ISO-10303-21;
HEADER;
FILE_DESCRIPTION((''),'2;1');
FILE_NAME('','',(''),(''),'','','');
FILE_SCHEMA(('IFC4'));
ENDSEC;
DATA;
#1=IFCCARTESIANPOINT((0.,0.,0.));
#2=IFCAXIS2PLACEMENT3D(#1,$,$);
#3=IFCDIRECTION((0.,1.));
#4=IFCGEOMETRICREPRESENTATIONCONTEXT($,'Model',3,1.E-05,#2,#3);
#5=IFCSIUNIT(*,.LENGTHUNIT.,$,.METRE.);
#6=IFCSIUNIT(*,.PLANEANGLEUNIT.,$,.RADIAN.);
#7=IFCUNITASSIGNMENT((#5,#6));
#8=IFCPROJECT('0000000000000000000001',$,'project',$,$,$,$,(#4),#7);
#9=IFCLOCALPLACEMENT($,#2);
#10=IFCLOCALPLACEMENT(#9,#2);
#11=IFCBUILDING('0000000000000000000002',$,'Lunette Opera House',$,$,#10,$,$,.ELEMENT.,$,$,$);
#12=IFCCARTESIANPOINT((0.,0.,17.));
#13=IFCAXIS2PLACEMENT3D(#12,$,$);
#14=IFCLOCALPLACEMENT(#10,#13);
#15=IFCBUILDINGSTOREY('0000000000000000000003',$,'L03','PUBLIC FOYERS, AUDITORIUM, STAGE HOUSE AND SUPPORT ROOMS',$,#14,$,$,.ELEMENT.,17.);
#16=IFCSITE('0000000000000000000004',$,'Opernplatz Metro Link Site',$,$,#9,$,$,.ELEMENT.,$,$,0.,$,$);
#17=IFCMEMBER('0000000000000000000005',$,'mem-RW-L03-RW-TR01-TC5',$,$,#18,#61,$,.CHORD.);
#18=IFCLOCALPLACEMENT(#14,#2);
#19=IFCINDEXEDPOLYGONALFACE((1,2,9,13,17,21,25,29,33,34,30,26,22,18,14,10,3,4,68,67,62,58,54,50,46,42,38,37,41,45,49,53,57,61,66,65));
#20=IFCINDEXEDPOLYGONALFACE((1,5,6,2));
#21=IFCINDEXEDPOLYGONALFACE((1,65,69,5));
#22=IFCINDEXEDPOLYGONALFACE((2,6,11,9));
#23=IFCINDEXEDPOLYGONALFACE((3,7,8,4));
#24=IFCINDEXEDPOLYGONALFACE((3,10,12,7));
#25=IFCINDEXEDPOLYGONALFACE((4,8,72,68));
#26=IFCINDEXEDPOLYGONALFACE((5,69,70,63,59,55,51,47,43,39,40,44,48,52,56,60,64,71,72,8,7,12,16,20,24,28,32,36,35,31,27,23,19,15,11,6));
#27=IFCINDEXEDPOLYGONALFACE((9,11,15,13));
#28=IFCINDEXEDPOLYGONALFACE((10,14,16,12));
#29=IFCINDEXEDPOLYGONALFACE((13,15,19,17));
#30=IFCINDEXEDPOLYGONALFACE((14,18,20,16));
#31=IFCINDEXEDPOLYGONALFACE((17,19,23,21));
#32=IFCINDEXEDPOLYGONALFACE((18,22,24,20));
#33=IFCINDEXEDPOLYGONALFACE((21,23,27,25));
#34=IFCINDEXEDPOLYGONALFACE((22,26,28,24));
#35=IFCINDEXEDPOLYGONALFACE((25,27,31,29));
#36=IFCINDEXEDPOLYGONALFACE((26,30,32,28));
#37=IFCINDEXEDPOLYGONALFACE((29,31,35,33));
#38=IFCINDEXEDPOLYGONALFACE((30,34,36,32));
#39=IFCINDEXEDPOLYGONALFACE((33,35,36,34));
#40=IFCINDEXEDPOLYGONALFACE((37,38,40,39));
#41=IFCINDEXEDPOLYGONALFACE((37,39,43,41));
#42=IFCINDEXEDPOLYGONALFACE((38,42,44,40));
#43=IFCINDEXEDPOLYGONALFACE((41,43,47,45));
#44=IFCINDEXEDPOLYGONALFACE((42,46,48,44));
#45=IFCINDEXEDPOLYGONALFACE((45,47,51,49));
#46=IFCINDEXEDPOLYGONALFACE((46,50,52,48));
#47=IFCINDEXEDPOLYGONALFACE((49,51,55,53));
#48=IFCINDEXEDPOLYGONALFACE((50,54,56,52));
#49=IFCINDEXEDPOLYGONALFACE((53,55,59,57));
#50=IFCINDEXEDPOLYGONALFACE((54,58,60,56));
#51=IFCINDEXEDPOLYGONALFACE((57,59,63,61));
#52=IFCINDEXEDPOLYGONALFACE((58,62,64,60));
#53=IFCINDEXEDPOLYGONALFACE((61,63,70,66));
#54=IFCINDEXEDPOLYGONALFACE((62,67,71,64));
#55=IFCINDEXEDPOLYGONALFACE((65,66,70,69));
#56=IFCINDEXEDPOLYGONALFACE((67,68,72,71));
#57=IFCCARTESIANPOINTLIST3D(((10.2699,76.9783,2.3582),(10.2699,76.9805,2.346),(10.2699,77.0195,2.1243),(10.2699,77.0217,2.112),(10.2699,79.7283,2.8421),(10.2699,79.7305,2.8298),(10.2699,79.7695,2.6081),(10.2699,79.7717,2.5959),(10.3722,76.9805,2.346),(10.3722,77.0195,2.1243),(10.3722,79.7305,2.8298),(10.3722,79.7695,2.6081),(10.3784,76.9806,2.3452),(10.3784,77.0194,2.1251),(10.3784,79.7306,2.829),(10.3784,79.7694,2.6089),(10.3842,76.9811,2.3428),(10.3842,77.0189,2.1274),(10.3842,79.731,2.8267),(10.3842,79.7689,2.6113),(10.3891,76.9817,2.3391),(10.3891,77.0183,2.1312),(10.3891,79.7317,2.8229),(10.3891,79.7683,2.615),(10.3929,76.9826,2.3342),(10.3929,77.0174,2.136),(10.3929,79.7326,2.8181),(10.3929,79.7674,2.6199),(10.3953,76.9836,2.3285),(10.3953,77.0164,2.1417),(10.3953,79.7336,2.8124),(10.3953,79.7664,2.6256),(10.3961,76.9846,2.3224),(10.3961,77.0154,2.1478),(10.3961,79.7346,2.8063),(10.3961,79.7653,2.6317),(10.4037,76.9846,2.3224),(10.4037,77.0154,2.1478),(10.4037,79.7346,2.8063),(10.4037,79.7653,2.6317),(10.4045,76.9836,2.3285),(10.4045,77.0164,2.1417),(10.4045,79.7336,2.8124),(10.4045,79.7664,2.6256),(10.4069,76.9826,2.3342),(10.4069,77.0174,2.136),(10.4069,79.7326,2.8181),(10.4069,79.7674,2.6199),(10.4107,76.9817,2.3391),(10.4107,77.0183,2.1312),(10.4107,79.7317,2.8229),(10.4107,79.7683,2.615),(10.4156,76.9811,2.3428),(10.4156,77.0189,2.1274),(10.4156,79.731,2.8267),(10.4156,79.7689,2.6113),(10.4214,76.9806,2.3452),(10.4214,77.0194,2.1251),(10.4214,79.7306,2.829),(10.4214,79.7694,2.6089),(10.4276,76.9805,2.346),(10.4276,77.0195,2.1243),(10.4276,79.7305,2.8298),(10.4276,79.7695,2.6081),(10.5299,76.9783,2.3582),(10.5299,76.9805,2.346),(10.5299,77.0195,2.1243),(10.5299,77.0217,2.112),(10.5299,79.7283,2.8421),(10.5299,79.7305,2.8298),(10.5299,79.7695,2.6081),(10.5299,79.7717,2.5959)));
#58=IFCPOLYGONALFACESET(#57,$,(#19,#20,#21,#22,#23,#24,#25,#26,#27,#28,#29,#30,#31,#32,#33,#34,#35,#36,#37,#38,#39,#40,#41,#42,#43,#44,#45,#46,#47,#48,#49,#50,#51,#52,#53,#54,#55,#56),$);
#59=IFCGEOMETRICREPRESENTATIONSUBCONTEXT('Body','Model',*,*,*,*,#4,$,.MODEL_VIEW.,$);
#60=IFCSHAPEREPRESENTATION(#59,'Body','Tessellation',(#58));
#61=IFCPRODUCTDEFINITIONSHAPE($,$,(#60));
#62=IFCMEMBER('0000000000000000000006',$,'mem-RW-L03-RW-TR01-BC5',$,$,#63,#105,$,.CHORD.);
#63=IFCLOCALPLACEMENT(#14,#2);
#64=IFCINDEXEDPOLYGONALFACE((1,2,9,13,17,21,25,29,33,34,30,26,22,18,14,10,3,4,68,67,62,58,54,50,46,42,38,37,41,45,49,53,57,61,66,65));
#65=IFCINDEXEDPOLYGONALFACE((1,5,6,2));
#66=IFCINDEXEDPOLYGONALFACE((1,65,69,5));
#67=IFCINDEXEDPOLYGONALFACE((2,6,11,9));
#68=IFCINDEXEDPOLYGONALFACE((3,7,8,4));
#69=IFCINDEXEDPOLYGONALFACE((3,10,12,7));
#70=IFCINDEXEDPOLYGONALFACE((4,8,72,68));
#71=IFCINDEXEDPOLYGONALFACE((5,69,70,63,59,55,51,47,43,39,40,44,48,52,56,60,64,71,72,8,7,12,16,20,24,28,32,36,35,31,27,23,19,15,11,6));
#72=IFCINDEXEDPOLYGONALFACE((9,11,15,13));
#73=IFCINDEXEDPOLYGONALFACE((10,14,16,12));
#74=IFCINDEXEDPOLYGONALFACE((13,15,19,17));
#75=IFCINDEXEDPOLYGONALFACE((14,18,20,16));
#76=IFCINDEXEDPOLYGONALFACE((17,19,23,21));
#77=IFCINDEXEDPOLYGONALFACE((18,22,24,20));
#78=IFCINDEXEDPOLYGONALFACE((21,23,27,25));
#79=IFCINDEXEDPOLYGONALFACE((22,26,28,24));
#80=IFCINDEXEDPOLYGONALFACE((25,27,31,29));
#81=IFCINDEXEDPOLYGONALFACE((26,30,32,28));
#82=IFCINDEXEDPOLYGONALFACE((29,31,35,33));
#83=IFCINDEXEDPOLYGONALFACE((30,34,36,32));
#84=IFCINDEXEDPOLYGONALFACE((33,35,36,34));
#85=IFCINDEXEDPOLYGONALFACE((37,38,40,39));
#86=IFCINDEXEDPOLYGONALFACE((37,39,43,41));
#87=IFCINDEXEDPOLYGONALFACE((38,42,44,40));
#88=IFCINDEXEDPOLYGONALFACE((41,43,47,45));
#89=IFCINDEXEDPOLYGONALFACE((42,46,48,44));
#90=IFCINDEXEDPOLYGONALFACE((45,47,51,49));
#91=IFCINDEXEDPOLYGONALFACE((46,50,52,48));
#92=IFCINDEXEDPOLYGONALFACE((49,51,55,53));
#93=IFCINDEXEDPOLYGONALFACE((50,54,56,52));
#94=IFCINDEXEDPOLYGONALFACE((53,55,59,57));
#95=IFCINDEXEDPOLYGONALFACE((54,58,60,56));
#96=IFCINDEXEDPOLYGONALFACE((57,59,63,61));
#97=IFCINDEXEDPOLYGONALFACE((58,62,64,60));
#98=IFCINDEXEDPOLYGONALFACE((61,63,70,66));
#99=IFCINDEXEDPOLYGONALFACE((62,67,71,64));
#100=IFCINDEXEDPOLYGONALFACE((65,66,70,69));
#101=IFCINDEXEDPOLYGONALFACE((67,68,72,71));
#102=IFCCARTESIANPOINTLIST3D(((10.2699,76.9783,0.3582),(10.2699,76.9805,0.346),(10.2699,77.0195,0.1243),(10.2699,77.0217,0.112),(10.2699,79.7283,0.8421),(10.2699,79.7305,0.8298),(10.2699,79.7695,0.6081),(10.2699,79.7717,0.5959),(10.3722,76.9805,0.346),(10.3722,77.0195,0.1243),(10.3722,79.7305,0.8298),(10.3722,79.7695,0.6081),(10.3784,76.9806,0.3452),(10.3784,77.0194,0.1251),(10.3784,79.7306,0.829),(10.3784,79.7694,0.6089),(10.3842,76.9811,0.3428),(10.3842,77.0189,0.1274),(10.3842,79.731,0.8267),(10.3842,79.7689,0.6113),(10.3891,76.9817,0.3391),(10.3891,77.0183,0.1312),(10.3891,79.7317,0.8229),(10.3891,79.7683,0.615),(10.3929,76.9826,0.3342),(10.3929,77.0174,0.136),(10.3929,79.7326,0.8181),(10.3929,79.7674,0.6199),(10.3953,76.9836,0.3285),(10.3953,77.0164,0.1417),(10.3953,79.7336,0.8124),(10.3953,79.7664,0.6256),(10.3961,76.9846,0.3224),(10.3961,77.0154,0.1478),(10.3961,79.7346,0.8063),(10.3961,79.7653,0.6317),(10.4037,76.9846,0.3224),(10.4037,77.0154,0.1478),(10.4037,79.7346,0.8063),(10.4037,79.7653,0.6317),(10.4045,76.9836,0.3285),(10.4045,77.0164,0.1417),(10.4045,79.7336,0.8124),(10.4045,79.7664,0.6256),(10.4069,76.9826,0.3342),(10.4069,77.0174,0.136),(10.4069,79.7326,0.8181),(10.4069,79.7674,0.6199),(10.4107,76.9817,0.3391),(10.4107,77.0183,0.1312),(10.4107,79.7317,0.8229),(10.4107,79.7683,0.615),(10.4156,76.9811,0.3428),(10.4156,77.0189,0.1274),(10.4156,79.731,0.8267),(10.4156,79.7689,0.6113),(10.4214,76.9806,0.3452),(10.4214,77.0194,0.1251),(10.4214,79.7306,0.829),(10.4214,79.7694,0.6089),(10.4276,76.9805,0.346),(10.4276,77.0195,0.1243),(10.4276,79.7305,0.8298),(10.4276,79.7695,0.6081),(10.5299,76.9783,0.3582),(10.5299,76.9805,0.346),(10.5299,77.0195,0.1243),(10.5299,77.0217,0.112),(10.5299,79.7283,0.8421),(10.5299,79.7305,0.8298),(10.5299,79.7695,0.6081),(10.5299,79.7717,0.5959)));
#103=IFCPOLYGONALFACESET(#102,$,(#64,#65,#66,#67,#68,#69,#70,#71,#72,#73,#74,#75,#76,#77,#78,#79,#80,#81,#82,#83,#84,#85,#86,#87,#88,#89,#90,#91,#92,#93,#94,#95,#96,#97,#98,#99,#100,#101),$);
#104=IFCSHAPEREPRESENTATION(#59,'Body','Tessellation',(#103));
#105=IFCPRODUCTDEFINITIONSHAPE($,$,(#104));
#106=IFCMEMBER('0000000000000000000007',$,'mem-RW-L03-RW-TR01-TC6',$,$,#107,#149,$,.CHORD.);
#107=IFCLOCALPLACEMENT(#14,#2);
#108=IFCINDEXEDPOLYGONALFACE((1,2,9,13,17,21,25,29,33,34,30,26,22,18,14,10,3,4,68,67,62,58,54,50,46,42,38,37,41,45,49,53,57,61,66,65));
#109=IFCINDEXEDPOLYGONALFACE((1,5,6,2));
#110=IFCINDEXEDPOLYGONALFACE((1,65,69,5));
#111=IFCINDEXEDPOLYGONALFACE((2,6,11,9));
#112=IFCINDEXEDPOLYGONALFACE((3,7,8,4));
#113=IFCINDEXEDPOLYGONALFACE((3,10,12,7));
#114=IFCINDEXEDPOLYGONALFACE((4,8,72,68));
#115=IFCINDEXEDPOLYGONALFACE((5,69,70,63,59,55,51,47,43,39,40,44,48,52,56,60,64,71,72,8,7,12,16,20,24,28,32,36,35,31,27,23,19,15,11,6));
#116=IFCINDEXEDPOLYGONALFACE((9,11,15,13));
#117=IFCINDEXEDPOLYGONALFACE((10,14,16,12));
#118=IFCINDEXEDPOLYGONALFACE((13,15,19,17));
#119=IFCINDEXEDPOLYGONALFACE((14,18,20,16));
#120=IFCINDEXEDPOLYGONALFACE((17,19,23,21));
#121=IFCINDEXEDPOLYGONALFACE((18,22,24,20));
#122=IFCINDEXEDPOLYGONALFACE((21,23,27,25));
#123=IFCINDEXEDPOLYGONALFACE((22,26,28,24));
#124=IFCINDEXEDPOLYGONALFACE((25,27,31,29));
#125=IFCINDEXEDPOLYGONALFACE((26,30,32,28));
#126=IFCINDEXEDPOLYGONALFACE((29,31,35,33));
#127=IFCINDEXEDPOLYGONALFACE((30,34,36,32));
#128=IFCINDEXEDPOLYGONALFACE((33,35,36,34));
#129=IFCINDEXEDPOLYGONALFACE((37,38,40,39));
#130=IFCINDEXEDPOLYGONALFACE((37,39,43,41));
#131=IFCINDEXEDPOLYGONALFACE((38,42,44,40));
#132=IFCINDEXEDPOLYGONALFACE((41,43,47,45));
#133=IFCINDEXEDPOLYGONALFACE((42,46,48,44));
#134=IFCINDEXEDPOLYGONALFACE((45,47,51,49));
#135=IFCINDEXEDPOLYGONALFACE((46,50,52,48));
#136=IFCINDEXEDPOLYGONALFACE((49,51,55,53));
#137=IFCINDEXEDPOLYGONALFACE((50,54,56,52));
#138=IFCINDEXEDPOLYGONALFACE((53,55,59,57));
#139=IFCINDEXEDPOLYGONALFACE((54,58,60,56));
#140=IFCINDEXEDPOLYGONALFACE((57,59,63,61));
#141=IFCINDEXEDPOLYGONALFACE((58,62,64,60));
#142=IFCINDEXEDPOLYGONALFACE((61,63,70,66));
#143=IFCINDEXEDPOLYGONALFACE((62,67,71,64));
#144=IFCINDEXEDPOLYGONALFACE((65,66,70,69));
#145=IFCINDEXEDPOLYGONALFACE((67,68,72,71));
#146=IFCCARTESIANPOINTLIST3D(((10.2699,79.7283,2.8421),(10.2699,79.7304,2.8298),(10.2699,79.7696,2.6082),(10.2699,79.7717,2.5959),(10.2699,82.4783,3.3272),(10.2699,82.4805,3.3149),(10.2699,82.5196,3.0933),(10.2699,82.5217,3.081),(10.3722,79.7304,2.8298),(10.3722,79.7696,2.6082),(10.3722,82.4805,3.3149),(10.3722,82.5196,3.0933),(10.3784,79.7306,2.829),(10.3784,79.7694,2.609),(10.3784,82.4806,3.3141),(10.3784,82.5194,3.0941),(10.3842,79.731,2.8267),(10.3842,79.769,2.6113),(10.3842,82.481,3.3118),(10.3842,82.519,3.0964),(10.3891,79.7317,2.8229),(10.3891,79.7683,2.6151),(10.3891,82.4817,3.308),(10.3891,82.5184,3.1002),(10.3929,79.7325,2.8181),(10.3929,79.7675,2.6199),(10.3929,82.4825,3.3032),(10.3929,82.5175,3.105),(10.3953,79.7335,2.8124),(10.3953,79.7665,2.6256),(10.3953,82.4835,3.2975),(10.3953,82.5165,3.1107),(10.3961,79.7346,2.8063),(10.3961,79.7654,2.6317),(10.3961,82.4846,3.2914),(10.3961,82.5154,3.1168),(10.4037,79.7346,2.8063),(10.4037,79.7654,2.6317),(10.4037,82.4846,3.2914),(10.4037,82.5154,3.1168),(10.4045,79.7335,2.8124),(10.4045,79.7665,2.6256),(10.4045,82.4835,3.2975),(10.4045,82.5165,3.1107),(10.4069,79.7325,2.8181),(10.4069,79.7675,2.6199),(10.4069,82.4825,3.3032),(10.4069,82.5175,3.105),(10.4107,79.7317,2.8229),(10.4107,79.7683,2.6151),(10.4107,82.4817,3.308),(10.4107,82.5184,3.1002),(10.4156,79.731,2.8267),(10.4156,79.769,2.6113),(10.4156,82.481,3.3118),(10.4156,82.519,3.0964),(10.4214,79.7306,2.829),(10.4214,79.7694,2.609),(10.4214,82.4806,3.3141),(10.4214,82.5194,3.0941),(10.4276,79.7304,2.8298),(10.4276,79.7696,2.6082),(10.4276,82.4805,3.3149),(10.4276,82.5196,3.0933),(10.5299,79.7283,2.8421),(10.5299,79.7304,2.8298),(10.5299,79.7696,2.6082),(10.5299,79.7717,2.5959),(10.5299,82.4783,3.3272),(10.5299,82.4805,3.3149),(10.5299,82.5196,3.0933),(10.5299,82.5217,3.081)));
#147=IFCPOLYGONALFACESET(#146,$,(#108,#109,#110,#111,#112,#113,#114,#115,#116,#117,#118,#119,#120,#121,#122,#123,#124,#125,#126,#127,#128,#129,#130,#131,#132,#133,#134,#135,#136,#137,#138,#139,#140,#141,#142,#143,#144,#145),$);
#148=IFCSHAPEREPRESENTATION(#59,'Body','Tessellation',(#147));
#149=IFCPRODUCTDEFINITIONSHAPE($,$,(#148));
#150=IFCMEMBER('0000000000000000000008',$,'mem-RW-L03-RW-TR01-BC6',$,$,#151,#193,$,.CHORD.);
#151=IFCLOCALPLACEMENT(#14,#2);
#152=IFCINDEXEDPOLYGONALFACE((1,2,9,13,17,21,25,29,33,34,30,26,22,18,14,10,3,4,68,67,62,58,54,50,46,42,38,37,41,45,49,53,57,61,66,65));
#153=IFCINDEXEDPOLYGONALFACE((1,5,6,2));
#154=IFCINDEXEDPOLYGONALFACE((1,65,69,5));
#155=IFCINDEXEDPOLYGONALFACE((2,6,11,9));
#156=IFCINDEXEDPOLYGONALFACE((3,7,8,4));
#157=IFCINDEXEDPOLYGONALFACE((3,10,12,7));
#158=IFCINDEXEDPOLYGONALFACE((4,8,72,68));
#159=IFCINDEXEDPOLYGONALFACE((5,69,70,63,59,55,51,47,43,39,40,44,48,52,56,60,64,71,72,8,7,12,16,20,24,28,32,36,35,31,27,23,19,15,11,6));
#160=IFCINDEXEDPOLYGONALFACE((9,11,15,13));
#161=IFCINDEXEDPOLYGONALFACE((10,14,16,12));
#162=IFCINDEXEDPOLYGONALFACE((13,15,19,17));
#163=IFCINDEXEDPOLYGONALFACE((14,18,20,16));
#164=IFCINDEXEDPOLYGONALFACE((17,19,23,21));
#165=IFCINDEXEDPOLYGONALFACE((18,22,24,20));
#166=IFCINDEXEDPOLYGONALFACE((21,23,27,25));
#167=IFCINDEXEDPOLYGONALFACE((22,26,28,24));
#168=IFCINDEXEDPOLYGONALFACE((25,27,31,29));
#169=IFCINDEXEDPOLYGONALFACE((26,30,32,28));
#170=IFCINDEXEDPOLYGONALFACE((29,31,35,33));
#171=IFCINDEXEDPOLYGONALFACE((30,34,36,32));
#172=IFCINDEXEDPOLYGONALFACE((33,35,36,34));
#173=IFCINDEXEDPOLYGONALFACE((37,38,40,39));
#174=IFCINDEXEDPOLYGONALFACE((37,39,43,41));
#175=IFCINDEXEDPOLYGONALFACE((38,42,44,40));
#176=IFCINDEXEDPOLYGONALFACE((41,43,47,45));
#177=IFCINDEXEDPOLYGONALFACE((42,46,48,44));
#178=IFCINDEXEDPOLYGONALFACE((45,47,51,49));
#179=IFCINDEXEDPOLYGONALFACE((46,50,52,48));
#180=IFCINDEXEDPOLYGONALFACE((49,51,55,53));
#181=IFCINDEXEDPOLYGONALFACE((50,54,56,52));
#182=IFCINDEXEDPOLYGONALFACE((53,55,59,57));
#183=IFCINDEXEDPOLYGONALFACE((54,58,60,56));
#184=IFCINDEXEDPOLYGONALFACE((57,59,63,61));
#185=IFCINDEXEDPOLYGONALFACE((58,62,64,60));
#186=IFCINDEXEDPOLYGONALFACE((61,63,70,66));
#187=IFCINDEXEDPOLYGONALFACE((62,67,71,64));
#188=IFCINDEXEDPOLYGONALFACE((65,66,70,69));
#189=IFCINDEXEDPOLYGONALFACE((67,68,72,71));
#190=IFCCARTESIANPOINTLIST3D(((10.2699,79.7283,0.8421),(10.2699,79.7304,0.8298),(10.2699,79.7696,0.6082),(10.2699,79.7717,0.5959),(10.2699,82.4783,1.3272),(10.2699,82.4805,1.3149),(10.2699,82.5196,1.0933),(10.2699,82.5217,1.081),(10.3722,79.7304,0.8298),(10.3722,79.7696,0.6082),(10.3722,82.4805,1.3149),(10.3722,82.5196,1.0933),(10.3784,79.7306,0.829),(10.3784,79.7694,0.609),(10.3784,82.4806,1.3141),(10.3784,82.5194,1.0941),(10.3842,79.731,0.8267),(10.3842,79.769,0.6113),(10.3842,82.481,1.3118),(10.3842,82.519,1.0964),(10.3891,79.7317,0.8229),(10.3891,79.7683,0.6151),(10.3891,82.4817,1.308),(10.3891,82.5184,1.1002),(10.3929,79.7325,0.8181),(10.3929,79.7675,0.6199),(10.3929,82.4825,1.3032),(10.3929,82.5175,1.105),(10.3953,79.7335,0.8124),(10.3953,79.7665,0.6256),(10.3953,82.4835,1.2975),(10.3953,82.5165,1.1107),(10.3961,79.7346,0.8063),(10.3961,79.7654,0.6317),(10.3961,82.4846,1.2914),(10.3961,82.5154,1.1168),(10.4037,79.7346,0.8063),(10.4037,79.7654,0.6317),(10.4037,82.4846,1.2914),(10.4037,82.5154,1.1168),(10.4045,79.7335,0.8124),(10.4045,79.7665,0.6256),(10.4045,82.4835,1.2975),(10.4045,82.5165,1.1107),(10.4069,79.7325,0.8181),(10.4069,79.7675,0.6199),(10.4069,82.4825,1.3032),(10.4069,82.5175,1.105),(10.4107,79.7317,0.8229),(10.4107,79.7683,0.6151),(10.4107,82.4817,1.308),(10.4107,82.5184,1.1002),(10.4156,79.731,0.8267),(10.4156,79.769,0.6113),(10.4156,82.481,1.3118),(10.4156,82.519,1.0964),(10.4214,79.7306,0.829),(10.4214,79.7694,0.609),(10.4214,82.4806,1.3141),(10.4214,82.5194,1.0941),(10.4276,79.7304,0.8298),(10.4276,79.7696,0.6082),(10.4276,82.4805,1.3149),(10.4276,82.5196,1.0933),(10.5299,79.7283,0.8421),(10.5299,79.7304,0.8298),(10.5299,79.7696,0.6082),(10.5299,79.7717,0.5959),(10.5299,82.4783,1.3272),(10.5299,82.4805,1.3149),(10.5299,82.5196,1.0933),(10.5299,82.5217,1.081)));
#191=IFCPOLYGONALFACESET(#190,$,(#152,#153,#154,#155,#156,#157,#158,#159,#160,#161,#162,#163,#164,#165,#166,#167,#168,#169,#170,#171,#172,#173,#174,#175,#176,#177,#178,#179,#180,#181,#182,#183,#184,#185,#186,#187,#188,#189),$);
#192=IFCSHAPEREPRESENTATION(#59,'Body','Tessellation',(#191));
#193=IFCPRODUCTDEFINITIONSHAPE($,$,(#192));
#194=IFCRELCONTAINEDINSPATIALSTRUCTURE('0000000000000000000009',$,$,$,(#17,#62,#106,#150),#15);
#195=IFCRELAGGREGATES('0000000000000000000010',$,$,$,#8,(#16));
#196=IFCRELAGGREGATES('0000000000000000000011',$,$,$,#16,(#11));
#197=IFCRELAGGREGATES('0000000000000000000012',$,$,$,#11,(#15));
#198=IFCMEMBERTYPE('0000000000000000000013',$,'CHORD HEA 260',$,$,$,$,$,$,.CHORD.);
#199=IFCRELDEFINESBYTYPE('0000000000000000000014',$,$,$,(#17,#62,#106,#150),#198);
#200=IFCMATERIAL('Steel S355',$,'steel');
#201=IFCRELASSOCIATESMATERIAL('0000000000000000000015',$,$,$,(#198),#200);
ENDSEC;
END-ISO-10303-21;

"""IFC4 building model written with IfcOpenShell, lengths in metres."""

from ifc_helpers import new_model, si_unit, direction, frame, origin, origin_2d, place, context, subcontext, project, spatial, i_section, extrude, material, material_profile, profile_set, type_object, element, save


model = new_model("IFC4")

# Units and contexts
model_context = context("Model", 3, precision=1e-05, world=origin(), true_north=direction((0.0, 1.0)))
body_context = subcontext(model_context, "Body", "Model", "MODEL_VIEW")
ifc_project = project(units=[si_unit("LENGTHUNIT", "METRE"), si_unit("PLANEANGLEUNIT", "RADIAN")], contexts=[model_context])

# Site, building, storey
site_placement = place(None, origin())
site = spatial("IfcSite", under=ifc_project, at=site_placement, Name="Opernplatz Metro Link Site", CompositionType="ELEMENT", RefElevation=0.0)
building_placement = place(site_placement, origin())
building = spatial("IfcBuilding", under=site, at=building_placement, Name="Lunette Opera House", CompositionType="ELEMENT")
storey_placement = place(building_placement, frame((0.0, 0.0, 17.0)))
storey = spatial("IfcBuildingStorey", under=building, at=storey_placement, Name="L03", Description="PUBLIC FOYERS, AUDITORIUM, STAGE HOUSE AND SUPPORT ROOMS", CompositionType="ELEMENT", Elevation=17.0)

# Members
ifc_material_1 = material(Name="Steel S355", Category="steel")
ifc_material_profile_1 = material_profile(ifc_material_1, i_section(OverallWidth=0.26, OverallDepth=0.25, WebThickness=0.0076, FlangeThickness=0.0125, FilletRadius=0.0239, at=origin_2d()), Name="HEA 260")
ifc_profile_set_1 = profile_set([ifc_material_profile_1], Name="Steel S355")
member_type_1 = type_object("IfcMemberType", Name="CHORD HEA 260", PredefinedType="CHORD", material=ifc_profile_set_1)
for number, where, z_axis, x_axis, name in (
    (1, (10.3999, 77.0, 2.2351), (0.0, 0.98487, 0.173296), (-1.0, 0.0, 0.0), "mem-RW-L03-RW-TR01-TC5"),
    (2, (10.3999, 77.0, 0.2351), (0.0, 0.98487, 0.173296), (-1.0, 0.0, 0.0), "mem-RW-L03-RW-TR01-BC5"),
):
    element("IfcMember", number, at=place(storey_placement, frame(where, z_axis=z_axis, x_axis=x_axis)), inside=storey, type_object=member_type_1, Name=name, PredefinedType="CHORD", context=body_context, shape_type="SweptSolid", body=[
        extrude(i_section(OverallWidth=0.26, OverallDepth=0.25, WebThickness=0.0076, FlangeThickness=0.0125, FilletRadius=0.0239, at=origin_2d()), origin(), (0.0, 0.0, 1.0), 2.7922),
    ])
for number, where, z_axis, x_axis, name in (
    (3, (10.3999, 79.75, 2.719), (0.0, 0.984795, 0.17372), (-1.0, 0.0, 0.0), "mem-RW-L03-RW-TR01-TC6"),
    (4, (10.3999, 79.75, 0.719), (0.0, 0.984795, 0.17372), (-1.0, 0.0, 0.0), "mem-RW-L03-RW-TR01-BC6"),
):
    element("IfcMember", number, at=place(storey_placement, frame(where, z_axis=z_axis, x_axis=x_axis)), inside=storey, type_object=member_type_1, Name=name, PredefinedType="CHORD", context=body_context, shape_type="SweptSolid", body=[
        extrude(i_section(OverallWidth=0.26, OverallDepth=0.25, WebThickness=0.0076, FlangeThickness=0.0125, FilletRadius=0.0239, at=origin_2d()), origin(), (0.0, 0.0, 1.0), 2.7925),
    ])

save(model, "model.ifc")
